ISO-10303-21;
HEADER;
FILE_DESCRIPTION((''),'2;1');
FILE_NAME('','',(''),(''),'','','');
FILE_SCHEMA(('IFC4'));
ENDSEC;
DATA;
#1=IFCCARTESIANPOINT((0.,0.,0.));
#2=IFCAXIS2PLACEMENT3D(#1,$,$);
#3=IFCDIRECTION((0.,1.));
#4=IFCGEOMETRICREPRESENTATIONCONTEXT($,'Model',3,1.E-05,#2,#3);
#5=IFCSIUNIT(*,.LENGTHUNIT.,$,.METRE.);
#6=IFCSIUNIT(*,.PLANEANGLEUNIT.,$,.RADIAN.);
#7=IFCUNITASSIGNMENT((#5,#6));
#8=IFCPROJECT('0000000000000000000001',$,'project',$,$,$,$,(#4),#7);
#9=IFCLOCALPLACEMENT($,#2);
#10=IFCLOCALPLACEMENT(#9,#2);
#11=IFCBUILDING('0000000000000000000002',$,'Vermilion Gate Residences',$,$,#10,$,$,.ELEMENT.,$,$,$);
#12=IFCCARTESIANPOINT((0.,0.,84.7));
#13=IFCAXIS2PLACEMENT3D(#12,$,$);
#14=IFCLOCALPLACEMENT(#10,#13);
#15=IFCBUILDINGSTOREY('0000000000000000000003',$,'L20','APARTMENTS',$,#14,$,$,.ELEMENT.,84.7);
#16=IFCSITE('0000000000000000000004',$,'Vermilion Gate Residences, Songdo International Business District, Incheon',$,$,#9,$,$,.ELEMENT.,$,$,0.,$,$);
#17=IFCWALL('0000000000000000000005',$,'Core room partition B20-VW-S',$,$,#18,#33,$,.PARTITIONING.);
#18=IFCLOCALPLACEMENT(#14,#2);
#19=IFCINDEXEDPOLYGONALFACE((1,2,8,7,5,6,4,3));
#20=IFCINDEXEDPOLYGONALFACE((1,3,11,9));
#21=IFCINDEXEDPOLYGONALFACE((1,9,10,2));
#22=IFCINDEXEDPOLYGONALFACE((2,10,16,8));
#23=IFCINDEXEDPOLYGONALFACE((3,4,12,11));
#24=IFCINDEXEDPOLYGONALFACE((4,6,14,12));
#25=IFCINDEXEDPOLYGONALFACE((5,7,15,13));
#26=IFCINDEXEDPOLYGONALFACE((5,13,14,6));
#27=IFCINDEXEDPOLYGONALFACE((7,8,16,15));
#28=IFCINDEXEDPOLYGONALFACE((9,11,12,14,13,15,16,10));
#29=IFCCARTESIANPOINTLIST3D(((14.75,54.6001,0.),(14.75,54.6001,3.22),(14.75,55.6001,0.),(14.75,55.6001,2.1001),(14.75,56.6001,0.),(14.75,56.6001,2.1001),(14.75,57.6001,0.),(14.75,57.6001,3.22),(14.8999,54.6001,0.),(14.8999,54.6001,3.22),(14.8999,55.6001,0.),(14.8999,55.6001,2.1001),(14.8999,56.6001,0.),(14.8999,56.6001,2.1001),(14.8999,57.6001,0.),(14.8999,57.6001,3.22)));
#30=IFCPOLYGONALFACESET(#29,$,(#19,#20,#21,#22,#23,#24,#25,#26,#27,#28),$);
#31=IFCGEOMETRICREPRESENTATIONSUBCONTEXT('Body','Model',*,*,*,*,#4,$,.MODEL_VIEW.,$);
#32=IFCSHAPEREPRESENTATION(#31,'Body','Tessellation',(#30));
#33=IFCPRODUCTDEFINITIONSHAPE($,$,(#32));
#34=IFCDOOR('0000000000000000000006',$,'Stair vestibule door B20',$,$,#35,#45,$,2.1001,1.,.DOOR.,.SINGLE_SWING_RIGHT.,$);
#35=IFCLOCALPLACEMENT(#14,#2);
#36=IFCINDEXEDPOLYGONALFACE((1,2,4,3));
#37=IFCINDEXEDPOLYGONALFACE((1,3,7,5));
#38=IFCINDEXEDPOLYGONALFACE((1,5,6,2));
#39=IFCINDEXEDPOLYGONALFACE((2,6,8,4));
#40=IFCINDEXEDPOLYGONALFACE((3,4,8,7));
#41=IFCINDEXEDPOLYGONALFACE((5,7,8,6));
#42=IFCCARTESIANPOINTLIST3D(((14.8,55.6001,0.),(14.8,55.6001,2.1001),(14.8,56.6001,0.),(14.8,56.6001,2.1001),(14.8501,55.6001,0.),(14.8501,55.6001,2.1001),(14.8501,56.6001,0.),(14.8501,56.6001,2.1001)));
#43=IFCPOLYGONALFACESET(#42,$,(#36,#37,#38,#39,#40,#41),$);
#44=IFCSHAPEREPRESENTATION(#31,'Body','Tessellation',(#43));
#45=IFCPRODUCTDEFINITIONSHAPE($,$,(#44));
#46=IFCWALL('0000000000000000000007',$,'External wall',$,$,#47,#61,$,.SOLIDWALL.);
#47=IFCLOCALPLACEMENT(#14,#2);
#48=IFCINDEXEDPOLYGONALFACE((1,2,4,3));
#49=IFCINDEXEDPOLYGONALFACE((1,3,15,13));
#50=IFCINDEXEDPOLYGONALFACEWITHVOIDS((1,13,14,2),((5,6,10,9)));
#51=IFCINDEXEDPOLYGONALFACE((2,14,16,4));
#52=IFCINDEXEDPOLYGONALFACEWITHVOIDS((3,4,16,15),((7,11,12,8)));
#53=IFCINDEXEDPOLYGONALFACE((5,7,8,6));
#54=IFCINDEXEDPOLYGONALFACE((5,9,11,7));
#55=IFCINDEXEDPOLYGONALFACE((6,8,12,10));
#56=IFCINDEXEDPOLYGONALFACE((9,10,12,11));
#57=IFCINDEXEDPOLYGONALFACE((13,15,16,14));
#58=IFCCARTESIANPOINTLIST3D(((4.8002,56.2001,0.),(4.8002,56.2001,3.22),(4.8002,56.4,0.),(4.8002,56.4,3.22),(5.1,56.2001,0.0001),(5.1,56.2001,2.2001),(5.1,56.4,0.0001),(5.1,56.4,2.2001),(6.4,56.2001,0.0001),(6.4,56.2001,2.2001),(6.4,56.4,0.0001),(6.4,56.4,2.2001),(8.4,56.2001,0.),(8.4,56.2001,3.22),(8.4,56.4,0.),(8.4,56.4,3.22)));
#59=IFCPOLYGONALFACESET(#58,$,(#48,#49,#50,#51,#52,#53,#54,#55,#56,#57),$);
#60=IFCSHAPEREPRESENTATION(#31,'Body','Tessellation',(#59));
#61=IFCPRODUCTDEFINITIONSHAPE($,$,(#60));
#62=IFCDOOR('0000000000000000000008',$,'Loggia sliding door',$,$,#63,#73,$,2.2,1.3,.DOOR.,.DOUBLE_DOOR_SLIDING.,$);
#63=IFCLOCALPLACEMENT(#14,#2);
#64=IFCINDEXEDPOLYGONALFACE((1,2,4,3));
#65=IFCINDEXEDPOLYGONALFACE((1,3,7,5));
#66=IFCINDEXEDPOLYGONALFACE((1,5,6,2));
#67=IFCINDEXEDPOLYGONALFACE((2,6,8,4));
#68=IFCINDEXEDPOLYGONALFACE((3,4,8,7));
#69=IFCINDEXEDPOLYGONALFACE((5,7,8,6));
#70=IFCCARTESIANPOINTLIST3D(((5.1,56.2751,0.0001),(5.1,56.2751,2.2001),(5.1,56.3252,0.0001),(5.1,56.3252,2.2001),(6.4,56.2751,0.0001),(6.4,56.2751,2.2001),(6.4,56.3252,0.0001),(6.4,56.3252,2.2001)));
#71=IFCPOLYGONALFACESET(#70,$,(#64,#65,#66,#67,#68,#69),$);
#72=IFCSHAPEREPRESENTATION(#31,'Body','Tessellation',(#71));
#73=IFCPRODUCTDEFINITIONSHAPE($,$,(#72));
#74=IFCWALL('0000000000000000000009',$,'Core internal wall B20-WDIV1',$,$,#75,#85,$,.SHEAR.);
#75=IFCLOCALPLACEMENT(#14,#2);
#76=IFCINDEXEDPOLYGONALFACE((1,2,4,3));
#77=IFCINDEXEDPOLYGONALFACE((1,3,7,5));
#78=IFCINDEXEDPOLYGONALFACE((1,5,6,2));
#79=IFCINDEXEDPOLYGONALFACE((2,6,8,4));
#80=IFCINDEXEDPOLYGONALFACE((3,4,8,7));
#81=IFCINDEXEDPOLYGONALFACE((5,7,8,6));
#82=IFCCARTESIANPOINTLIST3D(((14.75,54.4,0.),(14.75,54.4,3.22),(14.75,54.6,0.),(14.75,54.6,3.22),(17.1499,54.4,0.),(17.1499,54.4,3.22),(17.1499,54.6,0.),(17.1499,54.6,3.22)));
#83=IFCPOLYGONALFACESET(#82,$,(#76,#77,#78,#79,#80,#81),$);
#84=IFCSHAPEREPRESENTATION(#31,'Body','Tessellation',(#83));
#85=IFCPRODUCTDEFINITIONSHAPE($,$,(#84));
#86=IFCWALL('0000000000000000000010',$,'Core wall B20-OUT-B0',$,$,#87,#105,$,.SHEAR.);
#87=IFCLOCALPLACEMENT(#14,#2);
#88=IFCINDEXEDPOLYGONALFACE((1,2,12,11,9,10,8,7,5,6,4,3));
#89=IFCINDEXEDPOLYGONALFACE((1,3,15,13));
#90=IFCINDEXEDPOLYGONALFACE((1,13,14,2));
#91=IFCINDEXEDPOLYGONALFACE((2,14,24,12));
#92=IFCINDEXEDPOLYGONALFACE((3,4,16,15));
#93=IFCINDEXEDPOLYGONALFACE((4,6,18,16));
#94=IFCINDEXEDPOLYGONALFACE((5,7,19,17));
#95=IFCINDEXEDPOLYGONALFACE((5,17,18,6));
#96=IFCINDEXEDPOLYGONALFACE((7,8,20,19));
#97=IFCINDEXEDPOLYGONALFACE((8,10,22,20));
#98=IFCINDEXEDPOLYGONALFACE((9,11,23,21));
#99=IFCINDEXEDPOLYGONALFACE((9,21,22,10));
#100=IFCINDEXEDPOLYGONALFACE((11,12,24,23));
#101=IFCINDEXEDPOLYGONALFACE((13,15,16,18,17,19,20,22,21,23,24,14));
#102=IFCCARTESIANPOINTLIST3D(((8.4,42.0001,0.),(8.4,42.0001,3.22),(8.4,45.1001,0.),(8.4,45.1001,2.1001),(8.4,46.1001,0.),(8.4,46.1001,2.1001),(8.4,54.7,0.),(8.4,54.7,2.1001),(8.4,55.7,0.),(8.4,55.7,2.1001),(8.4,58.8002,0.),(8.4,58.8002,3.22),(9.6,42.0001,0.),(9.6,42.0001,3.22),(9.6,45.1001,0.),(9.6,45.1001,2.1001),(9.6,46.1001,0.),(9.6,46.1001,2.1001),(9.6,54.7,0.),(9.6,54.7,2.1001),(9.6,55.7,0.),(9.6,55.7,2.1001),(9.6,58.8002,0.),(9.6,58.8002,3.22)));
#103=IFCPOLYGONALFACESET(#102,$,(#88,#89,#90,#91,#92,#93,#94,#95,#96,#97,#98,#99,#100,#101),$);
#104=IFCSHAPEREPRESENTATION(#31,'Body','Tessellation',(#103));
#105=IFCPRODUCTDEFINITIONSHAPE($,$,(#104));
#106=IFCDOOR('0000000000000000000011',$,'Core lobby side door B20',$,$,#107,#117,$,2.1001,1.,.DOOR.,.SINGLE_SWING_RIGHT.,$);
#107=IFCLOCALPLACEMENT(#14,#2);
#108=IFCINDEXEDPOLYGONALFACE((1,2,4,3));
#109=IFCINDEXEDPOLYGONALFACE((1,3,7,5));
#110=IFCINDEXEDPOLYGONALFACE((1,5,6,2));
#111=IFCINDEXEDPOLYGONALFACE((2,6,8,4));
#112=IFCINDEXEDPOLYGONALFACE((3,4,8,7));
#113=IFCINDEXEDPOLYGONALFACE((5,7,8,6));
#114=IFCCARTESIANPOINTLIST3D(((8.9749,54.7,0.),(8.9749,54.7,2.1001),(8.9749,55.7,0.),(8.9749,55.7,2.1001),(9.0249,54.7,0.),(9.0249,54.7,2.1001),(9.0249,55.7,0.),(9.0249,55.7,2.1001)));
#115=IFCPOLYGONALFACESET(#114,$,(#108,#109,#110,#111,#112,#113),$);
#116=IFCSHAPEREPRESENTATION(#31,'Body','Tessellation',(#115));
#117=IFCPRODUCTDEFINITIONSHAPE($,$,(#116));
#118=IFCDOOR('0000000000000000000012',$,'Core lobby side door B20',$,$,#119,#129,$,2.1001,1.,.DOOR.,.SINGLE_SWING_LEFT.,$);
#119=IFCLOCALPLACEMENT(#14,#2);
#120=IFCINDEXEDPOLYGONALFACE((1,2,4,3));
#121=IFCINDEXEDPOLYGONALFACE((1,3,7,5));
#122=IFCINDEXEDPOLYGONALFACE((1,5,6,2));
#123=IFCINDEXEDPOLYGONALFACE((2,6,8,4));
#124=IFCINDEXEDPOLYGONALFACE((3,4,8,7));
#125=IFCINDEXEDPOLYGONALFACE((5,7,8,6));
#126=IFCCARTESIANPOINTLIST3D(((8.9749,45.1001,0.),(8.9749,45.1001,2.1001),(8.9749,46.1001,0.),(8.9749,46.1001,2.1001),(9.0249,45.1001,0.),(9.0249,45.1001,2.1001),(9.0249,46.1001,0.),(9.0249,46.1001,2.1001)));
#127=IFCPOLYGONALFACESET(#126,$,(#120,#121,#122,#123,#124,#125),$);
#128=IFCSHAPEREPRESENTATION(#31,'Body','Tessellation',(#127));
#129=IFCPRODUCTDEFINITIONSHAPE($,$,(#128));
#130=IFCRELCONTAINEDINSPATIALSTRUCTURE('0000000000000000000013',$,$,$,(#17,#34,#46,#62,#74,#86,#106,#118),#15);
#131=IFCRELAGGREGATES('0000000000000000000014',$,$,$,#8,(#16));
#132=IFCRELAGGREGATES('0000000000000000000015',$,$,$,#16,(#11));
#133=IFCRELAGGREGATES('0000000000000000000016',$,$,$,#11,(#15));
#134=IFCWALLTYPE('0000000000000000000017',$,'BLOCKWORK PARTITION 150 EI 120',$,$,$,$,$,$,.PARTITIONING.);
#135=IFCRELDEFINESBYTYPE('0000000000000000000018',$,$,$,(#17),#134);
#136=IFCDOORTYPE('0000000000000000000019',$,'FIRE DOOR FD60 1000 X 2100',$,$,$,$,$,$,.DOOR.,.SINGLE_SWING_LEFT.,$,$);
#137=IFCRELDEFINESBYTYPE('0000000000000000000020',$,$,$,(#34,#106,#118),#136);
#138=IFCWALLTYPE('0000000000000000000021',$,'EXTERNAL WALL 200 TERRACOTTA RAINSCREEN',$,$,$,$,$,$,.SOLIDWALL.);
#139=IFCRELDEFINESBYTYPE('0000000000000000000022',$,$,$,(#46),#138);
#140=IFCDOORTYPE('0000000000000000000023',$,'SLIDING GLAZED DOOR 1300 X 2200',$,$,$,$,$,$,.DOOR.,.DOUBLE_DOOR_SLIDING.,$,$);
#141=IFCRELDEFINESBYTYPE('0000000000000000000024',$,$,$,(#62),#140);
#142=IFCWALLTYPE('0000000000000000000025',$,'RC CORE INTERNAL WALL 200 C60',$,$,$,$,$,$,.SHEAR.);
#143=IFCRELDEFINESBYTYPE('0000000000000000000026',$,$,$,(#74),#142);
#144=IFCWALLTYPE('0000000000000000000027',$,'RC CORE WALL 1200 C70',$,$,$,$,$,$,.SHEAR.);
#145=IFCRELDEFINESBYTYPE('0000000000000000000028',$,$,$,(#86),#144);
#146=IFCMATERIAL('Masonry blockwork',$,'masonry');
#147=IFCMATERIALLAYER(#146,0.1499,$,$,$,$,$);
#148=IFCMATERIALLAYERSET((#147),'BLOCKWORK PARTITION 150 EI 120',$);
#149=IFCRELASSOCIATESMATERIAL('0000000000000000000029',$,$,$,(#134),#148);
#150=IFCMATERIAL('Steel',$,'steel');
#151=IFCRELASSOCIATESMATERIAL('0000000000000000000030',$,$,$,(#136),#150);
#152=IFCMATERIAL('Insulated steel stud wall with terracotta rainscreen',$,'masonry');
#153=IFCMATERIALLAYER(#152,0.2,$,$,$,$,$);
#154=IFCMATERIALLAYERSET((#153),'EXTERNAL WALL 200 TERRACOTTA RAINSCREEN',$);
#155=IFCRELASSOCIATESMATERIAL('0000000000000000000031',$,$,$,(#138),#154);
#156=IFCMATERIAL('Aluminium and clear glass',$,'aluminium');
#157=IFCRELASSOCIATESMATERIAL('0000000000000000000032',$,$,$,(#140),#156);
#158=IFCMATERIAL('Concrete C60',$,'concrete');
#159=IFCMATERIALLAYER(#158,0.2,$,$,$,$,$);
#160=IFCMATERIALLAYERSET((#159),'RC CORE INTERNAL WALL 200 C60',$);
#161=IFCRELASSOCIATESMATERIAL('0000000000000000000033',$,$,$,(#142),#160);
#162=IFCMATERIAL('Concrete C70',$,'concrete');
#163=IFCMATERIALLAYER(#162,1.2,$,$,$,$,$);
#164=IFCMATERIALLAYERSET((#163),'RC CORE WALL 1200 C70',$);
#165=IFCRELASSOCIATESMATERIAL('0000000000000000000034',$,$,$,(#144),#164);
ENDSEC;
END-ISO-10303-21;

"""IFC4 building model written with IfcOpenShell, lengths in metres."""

from ifc_helpers import new_model, si_unit, direction, frame, frame_2d, origin, place, context, subcontext, project, spatial, rectangle, extrude, material, layer, layer_set, type_object, element, fill, save


model = new_model("IFC4")

# Units and contexts
model_context = context("Model", 3, precision=1e-05, world=origin(), true_north=direction((0.0, 1.0)))
body_context = subcontext(model_context, "Body", "Model", "MODEL_VIEW")
ifc_project = project(units=[si_unit("LENGTHUNIT", "METRE"), si_unit("PLANEANGLEUNIT", "RADIAN")], contexts=[model_context])

# Site, building, storey
site_placement = place(None, origin())
site = spatial("IfcSite", under=ifc_project, at=site_placement, Name="Vermilion Gate Residences, Songdo International Business District, Incheon", CompositionType="ELEMENT", RefElevation=0.0)
building_placement = place(site_placement, origin())
building = spatial("IfcBuilding", under=site, at=building_placement, Name="Vermilion Gate Residences", CompositionType="ELEMENT")
storey_placement = place(building_placement, frame((0.0, 0.0, 84.7)))
storey = spatial("IfcBuildingStorey", under=building, at=storey_placement, Name="L20", Description="APARTMENTS", CompositionType="ELEMENT", Elevation=84.7)

# Walls, openings, doors
ifc_material_1 = material(Name="Masonry blockwork", Category="masonry")
ifc_layer_1 = layer(ifc_material_1, 0.1499)
ifc_layer_set_1 = layer_set([ifc_layer_1], Name="BLOCKWORK PARTITION 150 EI 120")
wall_type_1 = type_object("IfcWallType", Name="BLOCKWORK PARTITION 150 EI 120", PredefinedType="PARTITIONING", material=ifc_layer_set_1)
wall_1_placement = place(storey_placement, frame((14.825, 57.6001, 0.0), z_axis=(0.0, 0.0, 1.0), x_axis=(0.0, -1.0, 0.0)))
wall_1 = element("IfcWall", 1, at=wall_1_placement, inside=storey, type_object=wall_type_1, Name="Core room partition B20-VW-S", PredefinedType="PARTITIONING", context=body_context, shape_type="SweptSolid", body=[
    extrude(rectangle(XDim=3.0, YDim=0.1499, at=frame_2d((1.5, 0.0))), origin(), (0.0, 0.0, 1.0), 3.22),
])
opening_1_placement = place(wall_1_placement, frame((1.0, 0.0, 0.0)))
opening_1 = element("IfcOpeningElement", 2, at=opening_1_placement, cuts=wall_1, PredefinedType="OPENING", context=body_context, shape_type="SweptSolid", body=[
    extrude(rectangle(XDim=1.0, YDim=2.1001, at=frame_2d((0.5, 1.05))), frame((0.0, 0.085, 0.0), z_axis=(0.0, -1.0, 0.0), x_axis=(1.0, 0.0, 0.0)), (0.0, 0.0, 1.0), 0.1699),
])
ifc_material_2 = material(Name="Steel", Category="steel")
door_type_1 = type_object("IfcDoorType", Name="FIRE DOOR FD60 1000 X 2100", OperationType="SINGLE_SWING_LEFT", PredefinedType="DOOR", material=ifc_material_2)
door_1_placement = place(opening_1_placement, frame((1.0, 0.0, 0.0), z_axis=(0.0, 0.0, 1.0), x_axis=(-1.0, 0.0, 0.0)))
door_1 = element("IfcDoor", 3, at=door_1_placement, inside=storey, type_object=door_type_1, Name="Stair vestibule door B20", OperationType="SINGLE_SWING_RIGHT", OverallHeight=2.1001, OverallWidth=1.0, PredefinedType="DOOR", context=body_context, shape_type="SweptSolid", body=[
    extrude(rectangle(XDim=1.0, YDim=2.1001, at=frame_2d((0.5, 1.05))), frame((0.0, 0.0249, 0.0), z_axis=(0.0, -1.0, 0.0), x_axis=(1.0, 0.0, 0.0)), (0.0, 0.0, 1.0), 0.05),
])
fill(opening_1, door_1)
ifc_material_3 = material(Name="Insulated steel stud wall with terracotta rainscreen", Category="masonry")
ifc_layer_2 = layer(ifc_material_3, 0.2)
ifc_layer_set_2 = layer_set([ifc_layer_2], Name="EXTERNAL WALL 200 TERRACOTTA RAINSCREEN")
wall_type_2 = type_object("IfcWallType", Name="EXTERNAL WALL 200 TERRACOTTA RAINSCREEN", PredefinedType="SOLIDWALL", material=ifc_layer_set_2)
wall_2_placement = place(storey_placement, frame((8.3999, 56.3, 0.0), z_axis=(0.0, 0.0, 1.0), x_axis=(-1.0, 0.0, 0.0)))
wall_2 = element("IfcWall", 4, at=wall_2_placement, inside=storey, type_object=wall_type_2, Name="External wall", PredefinedType="SOLIDWALL", context=body_context, shape_type="SweptSolid", body=[
    extrude(rectangle(XDim=3.5999, YDim=0.2, at=frame_2d((1.7998, 0.0))), origin(), (0.0, 0.0, 1.0), 3.22),
])
opening_2_placement = place(wall_2_placement, frame((2.0, 0.0, 0.0)))
opening_2 = element("IfcOpeningElement", 5, at=opening_2_placement, cuts=wall_2, PredefinedType="OPENING", context=body_context, shape_type="SweptSolid", body=[
    extrude(rectangle(XDim=1.3, YDim=2.2, at=frame_2d((0.6499, 1.1001))), frame((0.0, 0.1099, 0.0), z_axis=(0.0, -1.0, 0.0), x_axis=(1.0, 0.0, 0.0)), (0.0, 0.0, 1.0), 0.22),
])
ifc_material_4 = material(Name="Aluminium and clear glass", Category="aluminium")
door_type_2 = type_object("IfcDoorType", Name="SLIDING GLAZED DOOR 1300 X 2200", OperationType="DOUBLE_DOOR_SLIDING", PredefinedType="DOOR", material=ifc_material_4)
door_2_placement = place(opening_2_placement, origin())
door_2 = element("IfcDoor", 6, at=door_2_placement, inside=storey, type_object=door_type_2, Name="Loggia sliding door", OperationType="DOUBLE_DOOR_SLIDING", OverallHeight=2.2, OverallWidth=1.3, PredefinedType="DOOR", context=body_context, shape_type="SweptSolid", body=[
    extrude(rectangle(XDim=1.3, YDim=2.2, at=frame_2d((0.6499, 1.1001))), frame((0.0, 0.0249, 0.0), z_axis=(0.0, -1.0, 0.0), x_axis=(1.0, 0.0, 0.0)), (0.0, 0.0, 1.0), 0.05),
])
fill(opening_2, door_2)

# Wall
ifc_material_5 = material(Name="Concrete C60", Category="concrete")
ifc_layer_3 = layer(ifc_material_5, 0.2)
ifc_layer_set_3 = layer_set([ifc_layer_3], Name="RC CORE INTERNAL WALL 200 C60")
wall_type_3 = type_object("IfcWallType", Name="RC CORE INTERNAL WALL 200 C60", PredefinedType="SHEAR", material=ifc_layer_set_3)
wall_3_placement = place(storey_placement, frame((14.75, 54.5, 0.0), z_axis=(0.0, 0.0, 1.0), x_axis=(1.0, 0.0, 0.0)))
element("IfcWall", 7, at=wall_3_placement, inside=storey, type_object=wall_type_3, Name="Core internal wall B20-WDIV1", PredefinedType="SHEAR", context=body_context, shape_type="SweptSolid", body=[
    extrude(rectangle(XDim=2.3999, YDim=0.2, at=frame_2d((1.2, 0.0))), origin(), (0.0, 0.0, 1.0), 3.22),
])

# Wall, openings, doors
ifc_material_6 = material(Name="Concrete C70", Category="concrete")
ifc_layer_4 = layer(ifc_material_6, 1.2)
ifc_layer_set_4 = layer_set([ifc_layer_4], Name="RC CORE WALL 1200 C70")
wall_type_4 = type_object("IfcWallType", Name="RC CORE WALL 1200 C70", PredefinedType="SHEAR", material=ifc_layer_set_4)
wall_4_placement = place(storey_placement, frame((9.0, 58.8, 0.0), z_axis=(0.0, 0.0, 1.0), x_axis=(0.0, -1.0, 0.0)))
wall_4 = element("IfcWall", 8, at=wall_4_placement, inside=storey, type_object=wall_type_4, Name="Core wall B20-OUT-B0", PredefinedType="SHEAR", context=body_context, shape_type="SweptSolid", body=[
    extrude(rectangle(XDim=16.8, YDim=1.2, at=frame_2d((8.3999, 0.0))), origin(), (0.0, 0.0, 1.0), 3.22),
])
opening_3_placement = place(wall_4_placement, frame((3.1001, 0.0, 0.0)))
opening_3 = element("IfcOpeningElement", 9, at=opening_3_placement, cuts=wall_4, PredefinedType="OPENING", context=body_context, shape_type="SweptSolid", body=[
    extrude(rectangle(XDim=1.0, YDim=2.1001, at=frame_2d((0.5, 1.05))), frame((0.0, 0.6099, 0.0), z_axis=(0.0, -1.0, 0.0), x_axis=(1.0, 0.0, 0.0)), (0.0, 0.0, 1.0), 1.22),
])
opening_4_placement = place(wall_4_placement, frame((12.7, 0.0, 0.0)))
opening_4 = element("IfcOpeningElement", 10, at=opening_4_placement, cuts=wall_4, PredefinedType="OPENING", context=body_context, shape_type="SweptSolid", body=[
    extrude(rectangle(XDim=1.0, YDim=2.1001, at=frame_2d((0.5, 1.05))), frame((0.0, 0.6099, 0.0), z_axis=(0.0, -1.0, 0.0), x_axis=(1.0, 0.0, 0.0)), (0.0, 0.0, 1.0), 1.22),
])
door_3_placement = place(opening_3_placement, origin())
door_3 = element("IfcDoor", 11, at=door_3_placement, inside=storey, type_object=door_type_1, Name="Core lobby side door B20", OperationType="SINGLE_SWING_RIGHT", OverallHeight=2.1001, OverallWidth=1.0, PredefinedType="DOOR", context=body_context, shape_type="SweptSolid", body=[
    extrude(rectangle(XDim=1.0, YDim=2.1001, at=frame_2d((0.5, 1.05))), frame((0.0, 0.0249, 0.0), z_axis=(0.0, -1.0, 0.0), x_axis=(1.0, 0.0, 0.0)), (0.0, 0.0, 1.0), 0.05),
])
fill(opening_3, door_3)
door_4_placement = place(opening_4_placement, origin())
door_4 = element("IfcDoor", 12, at=door_4_placement, inside=storey, type_object=door_type_1, Name="Core lobby side door B20", OperationType="SINGLE_SWING_LEFT", OverallHeight=2.1001, OverallWidth=1.0, PredefinedType="DOOR", context=body_context, shape_type="SweptSolid", body=[
    extrude(rectangle(XDim=1.0, YDim=2.1001, at=frame_2d((0.5, 1.05))), frame((0.0, 0.0249, 0.0), z_axis=(0.0, -1.0, 0.0), x_axis=(1.0, 0.0, 0.0)), (0.0, 0.0, 1.0), 0.05),
])
fill(opening_4, door_4)

save(model, "model.ifc")
